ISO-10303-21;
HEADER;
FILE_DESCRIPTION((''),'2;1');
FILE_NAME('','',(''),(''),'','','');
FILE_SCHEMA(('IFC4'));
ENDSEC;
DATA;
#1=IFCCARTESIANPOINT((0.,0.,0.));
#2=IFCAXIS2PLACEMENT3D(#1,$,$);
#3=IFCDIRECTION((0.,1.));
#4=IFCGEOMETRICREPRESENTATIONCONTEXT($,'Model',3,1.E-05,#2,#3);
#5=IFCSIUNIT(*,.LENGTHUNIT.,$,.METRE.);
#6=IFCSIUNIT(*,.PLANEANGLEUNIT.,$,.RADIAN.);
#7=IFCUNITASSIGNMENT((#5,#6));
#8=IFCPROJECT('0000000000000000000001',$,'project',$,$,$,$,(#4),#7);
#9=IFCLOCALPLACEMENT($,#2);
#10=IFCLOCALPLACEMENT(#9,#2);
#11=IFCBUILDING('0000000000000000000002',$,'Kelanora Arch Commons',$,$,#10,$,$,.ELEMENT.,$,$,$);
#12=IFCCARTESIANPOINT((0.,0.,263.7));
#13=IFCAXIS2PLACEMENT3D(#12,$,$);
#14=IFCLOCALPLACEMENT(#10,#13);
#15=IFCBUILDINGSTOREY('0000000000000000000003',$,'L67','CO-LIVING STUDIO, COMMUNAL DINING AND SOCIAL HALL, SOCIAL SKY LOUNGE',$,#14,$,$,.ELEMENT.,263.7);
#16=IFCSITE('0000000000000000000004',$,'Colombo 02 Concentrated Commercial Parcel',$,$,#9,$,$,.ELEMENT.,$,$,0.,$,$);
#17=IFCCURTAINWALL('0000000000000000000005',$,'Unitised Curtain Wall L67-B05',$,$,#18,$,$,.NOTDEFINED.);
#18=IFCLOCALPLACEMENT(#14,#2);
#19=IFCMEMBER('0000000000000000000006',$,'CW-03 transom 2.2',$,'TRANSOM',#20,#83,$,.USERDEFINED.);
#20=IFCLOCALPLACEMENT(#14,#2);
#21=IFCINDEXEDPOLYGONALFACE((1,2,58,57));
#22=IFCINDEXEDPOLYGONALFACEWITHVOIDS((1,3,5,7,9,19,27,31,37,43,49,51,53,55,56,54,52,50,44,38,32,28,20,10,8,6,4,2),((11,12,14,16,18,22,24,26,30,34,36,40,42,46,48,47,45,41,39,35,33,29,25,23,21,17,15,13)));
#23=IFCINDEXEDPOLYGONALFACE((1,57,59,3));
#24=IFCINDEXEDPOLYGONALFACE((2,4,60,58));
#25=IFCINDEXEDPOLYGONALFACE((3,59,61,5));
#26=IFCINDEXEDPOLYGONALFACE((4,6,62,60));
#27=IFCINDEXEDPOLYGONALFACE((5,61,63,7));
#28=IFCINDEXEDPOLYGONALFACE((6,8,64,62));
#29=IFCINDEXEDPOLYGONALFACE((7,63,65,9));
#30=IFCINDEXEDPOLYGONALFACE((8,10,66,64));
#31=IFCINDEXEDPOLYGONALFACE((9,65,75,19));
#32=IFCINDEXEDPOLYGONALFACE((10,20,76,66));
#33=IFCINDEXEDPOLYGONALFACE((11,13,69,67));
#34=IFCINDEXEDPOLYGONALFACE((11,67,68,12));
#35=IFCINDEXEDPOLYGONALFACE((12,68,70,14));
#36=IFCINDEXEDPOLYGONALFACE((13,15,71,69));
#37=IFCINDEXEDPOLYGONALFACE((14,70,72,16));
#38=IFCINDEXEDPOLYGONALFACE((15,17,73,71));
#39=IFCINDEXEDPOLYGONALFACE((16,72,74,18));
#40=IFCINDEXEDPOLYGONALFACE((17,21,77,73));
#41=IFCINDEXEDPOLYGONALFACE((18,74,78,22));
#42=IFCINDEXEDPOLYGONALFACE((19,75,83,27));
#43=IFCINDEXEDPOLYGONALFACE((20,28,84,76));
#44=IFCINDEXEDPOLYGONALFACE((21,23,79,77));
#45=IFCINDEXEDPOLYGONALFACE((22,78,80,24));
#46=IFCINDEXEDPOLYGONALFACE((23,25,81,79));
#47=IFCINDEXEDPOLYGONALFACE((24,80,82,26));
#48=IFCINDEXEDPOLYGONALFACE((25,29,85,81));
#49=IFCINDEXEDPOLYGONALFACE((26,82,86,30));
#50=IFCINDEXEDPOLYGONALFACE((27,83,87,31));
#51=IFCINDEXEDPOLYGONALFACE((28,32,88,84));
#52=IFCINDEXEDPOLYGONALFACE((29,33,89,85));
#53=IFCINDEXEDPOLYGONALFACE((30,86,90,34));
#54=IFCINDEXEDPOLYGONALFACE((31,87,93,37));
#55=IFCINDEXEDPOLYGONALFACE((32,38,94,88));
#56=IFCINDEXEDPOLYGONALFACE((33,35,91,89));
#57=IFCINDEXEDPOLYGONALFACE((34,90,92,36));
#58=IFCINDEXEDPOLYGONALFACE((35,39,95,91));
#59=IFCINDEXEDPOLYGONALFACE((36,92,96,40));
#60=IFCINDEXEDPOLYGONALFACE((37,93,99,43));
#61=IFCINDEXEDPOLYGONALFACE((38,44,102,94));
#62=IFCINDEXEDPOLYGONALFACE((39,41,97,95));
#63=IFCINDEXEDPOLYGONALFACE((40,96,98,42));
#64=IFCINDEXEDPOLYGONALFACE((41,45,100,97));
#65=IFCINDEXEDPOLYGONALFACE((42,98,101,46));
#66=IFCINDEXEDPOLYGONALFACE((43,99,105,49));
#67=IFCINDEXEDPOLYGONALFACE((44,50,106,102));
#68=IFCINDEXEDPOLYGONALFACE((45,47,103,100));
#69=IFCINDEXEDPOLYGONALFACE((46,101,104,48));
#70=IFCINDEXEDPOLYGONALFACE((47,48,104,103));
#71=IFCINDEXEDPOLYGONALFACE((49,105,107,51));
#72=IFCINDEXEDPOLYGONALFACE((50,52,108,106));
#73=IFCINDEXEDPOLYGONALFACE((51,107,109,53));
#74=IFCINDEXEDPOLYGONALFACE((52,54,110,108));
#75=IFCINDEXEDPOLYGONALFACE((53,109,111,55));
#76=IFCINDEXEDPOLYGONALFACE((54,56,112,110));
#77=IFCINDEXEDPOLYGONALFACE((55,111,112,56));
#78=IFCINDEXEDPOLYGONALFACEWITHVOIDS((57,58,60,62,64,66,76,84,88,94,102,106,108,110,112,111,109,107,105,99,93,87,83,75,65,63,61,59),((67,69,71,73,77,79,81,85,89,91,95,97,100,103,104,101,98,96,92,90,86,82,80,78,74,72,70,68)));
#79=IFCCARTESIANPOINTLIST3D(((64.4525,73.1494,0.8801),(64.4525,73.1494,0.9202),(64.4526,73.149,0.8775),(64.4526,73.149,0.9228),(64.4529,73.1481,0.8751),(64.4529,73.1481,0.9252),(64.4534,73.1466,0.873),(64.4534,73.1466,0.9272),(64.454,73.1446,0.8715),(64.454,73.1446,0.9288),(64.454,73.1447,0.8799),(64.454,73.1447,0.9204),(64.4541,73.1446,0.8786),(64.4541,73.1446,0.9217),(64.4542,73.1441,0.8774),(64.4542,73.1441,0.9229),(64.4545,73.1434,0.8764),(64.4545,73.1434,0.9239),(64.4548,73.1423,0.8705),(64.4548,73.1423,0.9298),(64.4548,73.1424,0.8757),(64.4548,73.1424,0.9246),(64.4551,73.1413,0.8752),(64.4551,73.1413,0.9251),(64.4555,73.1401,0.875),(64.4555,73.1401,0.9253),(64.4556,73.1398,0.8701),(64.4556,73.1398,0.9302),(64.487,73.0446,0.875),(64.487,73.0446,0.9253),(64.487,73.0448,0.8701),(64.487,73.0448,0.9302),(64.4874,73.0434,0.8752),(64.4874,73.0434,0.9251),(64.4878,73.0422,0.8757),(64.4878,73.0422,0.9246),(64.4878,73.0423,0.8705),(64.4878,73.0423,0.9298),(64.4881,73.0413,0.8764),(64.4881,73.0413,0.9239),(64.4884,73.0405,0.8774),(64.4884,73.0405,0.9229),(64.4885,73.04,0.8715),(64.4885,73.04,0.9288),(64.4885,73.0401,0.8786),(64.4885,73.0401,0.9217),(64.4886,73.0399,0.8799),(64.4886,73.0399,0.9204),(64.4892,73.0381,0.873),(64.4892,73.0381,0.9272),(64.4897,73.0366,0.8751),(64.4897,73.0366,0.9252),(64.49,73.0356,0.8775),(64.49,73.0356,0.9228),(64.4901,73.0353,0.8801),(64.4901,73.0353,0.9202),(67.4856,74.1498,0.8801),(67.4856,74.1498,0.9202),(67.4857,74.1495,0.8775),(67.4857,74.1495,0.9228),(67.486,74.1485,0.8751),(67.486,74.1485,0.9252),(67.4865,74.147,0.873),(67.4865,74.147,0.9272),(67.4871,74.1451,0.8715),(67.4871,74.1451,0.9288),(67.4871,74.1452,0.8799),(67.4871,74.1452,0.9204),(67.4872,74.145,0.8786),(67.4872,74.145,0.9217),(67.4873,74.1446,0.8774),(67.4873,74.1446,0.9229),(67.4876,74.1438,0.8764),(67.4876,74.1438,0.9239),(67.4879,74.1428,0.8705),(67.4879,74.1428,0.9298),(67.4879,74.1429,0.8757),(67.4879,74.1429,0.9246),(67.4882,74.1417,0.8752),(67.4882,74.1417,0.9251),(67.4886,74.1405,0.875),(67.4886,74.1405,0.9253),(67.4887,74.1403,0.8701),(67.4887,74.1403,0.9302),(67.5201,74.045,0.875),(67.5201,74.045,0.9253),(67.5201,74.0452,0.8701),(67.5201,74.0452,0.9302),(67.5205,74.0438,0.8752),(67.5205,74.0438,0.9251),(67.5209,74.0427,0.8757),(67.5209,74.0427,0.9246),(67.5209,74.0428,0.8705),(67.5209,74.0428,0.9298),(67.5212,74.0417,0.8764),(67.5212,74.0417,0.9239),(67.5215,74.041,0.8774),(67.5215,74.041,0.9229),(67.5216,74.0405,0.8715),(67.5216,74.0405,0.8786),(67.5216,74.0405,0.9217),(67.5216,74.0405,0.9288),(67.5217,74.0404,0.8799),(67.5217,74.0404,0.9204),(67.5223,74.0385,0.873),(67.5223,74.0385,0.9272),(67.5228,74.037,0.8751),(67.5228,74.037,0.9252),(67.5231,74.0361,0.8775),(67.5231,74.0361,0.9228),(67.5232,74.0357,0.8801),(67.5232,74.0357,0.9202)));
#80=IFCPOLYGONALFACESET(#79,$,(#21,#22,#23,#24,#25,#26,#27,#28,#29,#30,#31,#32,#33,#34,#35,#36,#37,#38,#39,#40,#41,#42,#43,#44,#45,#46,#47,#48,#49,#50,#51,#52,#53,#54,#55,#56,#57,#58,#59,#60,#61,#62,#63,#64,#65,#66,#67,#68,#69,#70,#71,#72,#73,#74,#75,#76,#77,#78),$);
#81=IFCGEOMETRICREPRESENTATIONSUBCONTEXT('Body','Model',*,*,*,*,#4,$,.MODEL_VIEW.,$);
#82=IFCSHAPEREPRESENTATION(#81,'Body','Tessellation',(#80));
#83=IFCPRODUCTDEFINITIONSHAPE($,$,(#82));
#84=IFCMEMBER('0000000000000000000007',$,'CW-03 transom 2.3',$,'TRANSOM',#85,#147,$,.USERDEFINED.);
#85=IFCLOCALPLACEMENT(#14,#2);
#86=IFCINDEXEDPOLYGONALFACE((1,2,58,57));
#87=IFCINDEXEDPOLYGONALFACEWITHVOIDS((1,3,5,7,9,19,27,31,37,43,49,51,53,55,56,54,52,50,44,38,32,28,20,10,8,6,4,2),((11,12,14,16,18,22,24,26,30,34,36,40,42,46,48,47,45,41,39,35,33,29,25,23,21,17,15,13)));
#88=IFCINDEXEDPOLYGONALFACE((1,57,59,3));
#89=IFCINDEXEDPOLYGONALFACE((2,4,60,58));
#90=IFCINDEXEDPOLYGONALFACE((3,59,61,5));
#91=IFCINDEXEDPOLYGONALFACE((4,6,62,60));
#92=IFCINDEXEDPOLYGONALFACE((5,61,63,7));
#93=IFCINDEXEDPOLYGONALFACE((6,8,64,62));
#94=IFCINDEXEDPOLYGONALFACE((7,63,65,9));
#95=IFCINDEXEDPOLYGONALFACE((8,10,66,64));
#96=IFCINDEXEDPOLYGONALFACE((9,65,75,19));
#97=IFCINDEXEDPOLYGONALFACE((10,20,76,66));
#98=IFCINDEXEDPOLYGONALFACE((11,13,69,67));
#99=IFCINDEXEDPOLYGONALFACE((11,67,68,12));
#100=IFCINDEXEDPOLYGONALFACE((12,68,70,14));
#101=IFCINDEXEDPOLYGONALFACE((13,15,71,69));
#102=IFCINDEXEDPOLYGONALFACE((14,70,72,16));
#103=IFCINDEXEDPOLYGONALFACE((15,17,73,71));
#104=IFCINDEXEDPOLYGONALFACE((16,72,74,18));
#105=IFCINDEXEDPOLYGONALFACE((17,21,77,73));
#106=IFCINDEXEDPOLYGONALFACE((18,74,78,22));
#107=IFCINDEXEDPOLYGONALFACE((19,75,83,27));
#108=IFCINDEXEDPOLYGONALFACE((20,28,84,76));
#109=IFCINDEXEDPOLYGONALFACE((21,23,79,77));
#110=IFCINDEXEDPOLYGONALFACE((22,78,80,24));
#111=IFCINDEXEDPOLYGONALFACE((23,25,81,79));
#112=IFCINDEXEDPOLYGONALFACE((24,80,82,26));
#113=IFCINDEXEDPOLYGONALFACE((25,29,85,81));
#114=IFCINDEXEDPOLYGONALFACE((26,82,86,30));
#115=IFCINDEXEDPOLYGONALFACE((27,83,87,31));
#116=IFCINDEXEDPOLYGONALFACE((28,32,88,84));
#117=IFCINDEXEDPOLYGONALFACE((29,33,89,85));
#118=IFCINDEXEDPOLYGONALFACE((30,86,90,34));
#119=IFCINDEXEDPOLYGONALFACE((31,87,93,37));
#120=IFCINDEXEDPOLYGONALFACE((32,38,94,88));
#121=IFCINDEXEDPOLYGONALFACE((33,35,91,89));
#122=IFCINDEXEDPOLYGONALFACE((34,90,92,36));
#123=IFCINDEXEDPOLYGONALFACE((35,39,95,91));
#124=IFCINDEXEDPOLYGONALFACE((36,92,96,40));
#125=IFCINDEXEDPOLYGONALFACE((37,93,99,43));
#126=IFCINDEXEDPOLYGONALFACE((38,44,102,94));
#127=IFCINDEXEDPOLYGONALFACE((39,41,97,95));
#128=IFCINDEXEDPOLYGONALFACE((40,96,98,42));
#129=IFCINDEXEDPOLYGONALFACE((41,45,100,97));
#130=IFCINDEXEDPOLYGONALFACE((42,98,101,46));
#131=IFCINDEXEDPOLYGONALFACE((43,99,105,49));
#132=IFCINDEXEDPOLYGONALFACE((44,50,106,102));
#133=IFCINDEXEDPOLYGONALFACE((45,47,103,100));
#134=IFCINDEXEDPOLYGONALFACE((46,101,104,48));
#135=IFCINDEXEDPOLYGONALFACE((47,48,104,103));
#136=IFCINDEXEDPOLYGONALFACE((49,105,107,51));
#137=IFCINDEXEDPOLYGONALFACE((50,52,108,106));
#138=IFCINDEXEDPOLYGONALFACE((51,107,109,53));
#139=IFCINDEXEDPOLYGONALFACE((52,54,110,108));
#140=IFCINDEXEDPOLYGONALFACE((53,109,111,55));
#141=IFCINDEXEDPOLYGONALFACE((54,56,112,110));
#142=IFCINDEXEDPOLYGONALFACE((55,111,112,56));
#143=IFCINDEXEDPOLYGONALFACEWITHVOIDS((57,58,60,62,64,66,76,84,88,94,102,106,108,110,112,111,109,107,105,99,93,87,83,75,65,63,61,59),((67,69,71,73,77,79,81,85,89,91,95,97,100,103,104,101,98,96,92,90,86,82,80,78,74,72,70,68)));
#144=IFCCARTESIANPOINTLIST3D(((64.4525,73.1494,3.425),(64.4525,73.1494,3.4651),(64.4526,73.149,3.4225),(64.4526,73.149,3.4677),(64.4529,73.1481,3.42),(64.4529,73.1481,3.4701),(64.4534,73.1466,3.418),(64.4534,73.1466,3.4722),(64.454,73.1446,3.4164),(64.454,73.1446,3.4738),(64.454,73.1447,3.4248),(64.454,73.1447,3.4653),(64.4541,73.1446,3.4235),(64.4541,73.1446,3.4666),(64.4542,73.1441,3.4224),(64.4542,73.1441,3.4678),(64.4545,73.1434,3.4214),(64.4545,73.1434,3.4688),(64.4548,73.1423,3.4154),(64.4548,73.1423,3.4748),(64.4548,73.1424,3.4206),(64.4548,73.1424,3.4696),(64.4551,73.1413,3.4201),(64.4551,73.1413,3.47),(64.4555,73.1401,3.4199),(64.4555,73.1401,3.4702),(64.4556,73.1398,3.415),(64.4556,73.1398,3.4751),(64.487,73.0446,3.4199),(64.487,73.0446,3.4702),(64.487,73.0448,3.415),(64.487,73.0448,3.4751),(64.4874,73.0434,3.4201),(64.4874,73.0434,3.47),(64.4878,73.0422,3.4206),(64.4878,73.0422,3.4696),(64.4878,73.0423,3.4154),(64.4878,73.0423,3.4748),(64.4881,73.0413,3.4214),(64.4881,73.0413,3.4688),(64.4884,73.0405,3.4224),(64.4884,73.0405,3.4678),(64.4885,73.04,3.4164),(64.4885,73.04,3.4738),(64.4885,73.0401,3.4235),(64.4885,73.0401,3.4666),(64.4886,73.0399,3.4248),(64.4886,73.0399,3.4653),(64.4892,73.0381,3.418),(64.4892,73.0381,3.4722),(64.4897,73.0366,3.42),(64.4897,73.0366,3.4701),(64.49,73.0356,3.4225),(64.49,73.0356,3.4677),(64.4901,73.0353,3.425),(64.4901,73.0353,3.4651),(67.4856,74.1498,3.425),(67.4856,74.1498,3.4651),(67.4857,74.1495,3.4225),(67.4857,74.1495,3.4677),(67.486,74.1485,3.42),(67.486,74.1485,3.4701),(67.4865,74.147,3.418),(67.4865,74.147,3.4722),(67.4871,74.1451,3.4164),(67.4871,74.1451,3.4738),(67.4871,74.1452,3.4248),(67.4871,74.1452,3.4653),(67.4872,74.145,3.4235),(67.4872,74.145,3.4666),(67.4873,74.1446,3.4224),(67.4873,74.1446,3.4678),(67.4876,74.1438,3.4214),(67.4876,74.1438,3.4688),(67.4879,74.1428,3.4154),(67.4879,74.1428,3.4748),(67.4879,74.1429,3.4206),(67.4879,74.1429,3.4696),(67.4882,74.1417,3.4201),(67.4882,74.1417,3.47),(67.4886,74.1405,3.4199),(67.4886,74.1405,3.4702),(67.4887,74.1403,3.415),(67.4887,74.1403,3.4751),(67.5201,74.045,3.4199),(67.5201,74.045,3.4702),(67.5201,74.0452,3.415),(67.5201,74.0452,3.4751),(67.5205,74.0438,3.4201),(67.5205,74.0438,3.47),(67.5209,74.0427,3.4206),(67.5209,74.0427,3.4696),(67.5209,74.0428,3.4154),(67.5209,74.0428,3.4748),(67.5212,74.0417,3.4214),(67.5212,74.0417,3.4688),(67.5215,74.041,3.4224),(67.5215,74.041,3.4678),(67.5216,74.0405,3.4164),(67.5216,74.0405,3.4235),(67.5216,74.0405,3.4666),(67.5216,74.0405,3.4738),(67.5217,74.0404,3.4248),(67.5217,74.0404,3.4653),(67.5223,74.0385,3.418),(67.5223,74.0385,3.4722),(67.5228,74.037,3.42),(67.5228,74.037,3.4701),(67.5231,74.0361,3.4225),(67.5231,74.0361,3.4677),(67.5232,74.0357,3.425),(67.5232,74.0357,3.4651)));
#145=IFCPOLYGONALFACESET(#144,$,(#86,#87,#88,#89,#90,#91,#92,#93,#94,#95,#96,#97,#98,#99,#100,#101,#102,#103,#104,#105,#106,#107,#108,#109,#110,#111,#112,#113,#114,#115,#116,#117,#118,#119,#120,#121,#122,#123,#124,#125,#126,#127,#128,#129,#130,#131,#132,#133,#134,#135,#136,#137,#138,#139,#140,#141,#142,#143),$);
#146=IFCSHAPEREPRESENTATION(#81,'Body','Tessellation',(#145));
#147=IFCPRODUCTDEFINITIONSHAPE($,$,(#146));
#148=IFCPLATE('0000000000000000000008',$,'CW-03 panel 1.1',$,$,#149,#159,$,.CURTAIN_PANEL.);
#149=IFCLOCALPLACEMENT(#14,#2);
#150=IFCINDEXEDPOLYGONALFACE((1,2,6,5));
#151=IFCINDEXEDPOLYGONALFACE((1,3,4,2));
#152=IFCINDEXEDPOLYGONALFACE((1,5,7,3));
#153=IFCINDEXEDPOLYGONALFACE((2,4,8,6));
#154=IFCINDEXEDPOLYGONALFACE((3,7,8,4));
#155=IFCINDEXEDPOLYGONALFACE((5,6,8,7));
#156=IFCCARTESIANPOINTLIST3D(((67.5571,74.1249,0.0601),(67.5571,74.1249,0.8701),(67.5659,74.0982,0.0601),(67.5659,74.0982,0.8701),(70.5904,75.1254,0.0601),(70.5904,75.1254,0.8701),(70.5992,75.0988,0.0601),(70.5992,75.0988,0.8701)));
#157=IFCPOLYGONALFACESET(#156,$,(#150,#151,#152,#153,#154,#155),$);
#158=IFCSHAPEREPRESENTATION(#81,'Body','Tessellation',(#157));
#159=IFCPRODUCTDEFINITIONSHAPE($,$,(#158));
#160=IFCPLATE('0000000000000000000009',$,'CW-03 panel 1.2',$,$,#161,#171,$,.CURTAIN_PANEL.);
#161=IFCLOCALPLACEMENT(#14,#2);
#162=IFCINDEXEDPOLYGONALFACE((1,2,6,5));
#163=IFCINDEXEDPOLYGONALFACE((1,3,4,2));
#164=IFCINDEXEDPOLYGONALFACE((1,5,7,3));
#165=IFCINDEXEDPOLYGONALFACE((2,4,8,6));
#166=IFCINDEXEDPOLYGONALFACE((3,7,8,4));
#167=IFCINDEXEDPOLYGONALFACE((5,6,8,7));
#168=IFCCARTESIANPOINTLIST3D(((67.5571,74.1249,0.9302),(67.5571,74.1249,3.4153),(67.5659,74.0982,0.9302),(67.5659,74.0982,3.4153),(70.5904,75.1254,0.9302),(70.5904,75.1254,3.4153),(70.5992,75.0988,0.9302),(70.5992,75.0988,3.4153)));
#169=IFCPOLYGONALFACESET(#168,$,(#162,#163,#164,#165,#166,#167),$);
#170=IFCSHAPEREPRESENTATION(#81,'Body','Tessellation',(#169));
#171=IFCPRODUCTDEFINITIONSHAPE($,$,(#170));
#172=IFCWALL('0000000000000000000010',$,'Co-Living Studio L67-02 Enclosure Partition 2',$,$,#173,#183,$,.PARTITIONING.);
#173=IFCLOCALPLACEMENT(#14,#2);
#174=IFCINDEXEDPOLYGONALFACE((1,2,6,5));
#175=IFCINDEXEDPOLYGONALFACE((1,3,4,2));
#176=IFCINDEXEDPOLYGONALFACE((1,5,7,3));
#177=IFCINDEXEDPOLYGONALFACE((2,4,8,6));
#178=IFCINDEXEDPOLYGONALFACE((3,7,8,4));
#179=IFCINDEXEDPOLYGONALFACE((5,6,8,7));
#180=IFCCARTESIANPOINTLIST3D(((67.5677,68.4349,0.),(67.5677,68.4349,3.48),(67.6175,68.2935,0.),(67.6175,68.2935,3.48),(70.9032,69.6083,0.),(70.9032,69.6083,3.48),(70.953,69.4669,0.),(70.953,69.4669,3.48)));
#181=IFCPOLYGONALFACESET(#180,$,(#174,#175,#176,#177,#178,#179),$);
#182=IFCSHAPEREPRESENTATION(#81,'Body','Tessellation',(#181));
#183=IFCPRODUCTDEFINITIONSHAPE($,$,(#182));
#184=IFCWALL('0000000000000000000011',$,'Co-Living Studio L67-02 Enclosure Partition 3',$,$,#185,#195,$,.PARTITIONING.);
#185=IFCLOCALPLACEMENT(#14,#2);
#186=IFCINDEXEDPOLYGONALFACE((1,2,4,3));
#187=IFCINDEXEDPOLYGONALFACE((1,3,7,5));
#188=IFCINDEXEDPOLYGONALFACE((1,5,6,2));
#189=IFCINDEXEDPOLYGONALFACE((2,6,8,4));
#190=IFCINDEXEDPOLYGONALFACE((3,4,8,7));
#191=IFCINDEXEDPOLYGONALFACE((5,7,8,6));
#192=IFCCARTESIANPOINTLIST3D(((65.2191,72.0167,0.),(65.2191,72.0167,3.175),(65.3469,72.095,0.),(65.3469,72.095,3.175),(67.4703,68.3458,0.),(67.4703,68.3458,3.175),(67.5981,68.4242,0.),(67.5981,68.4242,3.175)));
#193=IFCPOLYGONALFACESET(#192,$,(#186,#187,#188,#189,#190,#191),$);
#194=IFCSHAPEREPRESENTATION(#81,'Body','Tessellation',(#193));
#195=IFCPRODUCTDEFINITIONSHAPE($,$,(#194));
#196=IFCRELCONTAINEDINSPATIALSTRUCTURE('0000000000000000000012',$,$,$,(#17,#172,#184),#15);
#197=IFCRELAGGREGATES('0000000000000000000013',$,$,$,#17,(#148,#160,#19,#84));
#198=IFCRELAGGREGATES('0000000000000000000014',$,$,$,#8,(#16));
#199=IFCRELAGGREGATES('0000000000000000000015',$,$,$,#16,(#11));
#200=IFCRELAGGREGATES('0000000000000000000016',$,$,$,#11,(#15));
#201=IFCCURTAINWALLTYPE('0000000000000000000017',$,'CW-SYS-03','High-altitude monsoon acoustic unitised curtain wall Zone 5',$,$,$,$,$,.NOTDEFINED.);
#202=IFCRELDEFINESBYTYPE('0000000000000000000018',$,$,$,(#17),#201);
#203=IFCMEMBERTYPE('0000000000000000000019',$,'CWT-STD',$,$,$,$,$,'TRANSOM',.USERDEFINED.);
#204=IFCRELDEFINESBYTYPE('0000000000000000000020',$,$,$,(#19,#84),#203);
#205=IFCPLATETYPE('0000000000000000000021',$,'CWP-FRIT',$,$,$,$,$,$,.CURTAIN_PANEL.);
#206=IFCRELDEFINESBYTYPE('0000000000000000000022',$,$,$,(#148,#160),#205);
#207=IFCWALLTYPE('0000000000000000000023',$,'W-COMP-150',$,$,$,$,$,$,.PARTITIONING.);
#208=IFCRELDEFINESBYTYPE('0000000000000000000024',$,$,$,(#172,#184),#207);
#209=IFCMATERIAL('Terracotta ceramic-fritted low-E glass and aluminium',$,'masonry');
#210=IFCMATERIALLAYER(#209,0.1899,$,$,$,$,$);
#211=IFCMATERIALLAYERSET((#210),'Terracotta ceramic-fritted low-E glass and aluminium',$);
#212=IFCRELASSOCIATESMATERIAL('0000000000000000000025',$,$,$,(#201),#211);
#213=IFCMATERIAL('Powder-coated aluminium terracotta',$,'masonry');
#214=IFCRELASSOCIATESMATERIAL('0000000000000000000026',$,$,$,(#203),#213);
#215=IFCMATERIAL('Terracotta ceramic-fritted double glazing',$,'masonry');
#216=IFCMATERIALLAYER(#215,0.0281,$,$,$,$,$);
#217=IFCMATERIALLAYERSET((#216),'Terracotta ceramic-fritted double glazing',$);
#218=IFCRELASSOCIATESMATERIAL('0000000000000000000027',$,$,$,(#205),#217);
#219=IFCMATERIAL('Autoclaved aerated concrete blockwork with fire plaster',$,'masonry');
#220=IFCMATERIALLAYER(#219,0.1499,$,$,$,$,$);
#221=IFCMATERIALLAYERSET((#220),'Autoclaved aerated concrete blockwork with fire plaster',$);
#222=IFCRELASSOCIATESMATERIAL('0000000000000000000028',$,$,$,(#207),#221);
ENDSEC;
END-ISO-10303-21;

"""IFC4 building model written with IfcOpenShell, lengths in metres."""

from ifc_helpers import new_model, si_unit, direction, frame, frame_2d, origin, origin_2d, place, context, subcontext, project, spatial, rectangle, hollow_rectangle, extrude, source, transform, mapped, material, layer, layer_set, material_profile, profile_set, type_object, element, aggregate, save


model = new_model("IFC4")

# Units and contexts
model_context = context("Model", 3, precision=1e-05, world=origin(), true_north=direction((0.0, 1.0)))
body_context = subcontext(model_context, "Body", "Model", "MODEL_VIEW")
ifc_project = project(units=[si_unit("LENGTHUNIT", "METRE"), si_unit("PLANEANGLEUNIT", "RADIAN")], contexts=[model_context])

# Site, building, storey
site_placement = place(None, origin())
site = spatial("IfcSite", under=ifc_project, at=site_placement, Name="Colombo 02 Concentrated Commercial Parcel", CompositionType="ELEMENT", RefElevation=0.0)
building_placement = place(site_placement, origin())
building = spatial("IfcBuilding", under=site, at=building_placement, Name="Kelanora Arch Commons", CompositionType="ELEMENT")
storey_placement = place(building_placement, frame((0.0, 0.0, 263.7)))
storey = spatial("IfcBuildingStorey", under=building, at=storey_placement, Name="L67", Description="CO-LIVING STUDIO, COMMUNAL DINING AND SOCIAL HALL, SOCIAL SKY LOUNGE", CompositionType="ELEMENT", Elevation=263.7)

# Curtain wall, members, plates
ifc_material_1 = material(Name="Terracotta ceramic-fritted low-E glass and aluminium", Category="masonry")
ifc_layer_1 = layer(ifc_material_1, 0.1899)
ifc_layer_set_1 = layer_set([ifc_layer_1], Name="Terracotta ceramic-fritted low-E glass and aluminium")
curtain_wall_type = type_object("IfcCurtainWallType", Name="CW-SYS-03", Description="High-altitude monsoon acoustic unitised curtain wall Zone 5", PredefinedType="NOTDEFINED", material=ifc_layer_set_1)
curtain_wall_placement = place(storey_placement, origin())
curtain_wall = element("IfcCurtainWall", 1, at=curtain_wall_placement, inside=storey, type_object=curtain_wall_type, Name="Unitised Curtain Wall L67-B05", PredefinedType="NOTDEFINED")
ifc_material_2 = material(Name="Powder-coated aluminium terracotta", Category="masonry")
ifc_material_profile_1 = material_profile(ifc_material_2, hollow_rectangle(XDim=0.1201, YDim=0.0601, WallThickness=0.0049, InnerFilletRadius=0.0049, OuterFilletRadius=0.01, at=origin_2d()), Name="CWT120x60")
ifc_profile_set_1 = profile_set([ifc_material_profile_1], Name="Powder-coated aluminium terracotta")
member_type_1 = type_object("IfcMemberType", Name="CWT-STD", ElementType="TRANSOM", PredefinedType="USERDEFINED", material=ifc_profile_set_1)
member_1_placement = place(storey_placement, frame((67.5044, 74.0928, 0.9001), z_axis=(-0.949672, -0.313245, 0.0), x_axis=(0.313245, -0.949672, 0.0)))
member_1 = element("IfcMember", 2, at=member_1_placement, type_object=member_type_1, Name="CW-03 transom 2.2", ObjectType="TRANSOM", PredefinedType="USERDEFINED", context=body_context, shape_type="SweptSolid", body=[
    extrude(hollow_rectangle(XDim=0.1201, YDim=0.0601, WallThickness=0.0049, InnerFilletRadius=0.0049, OuterFilletRadius=0.01, at=origin_2d()), origin(), (0.0, 0.0, 1.0), 3.1938),
])
member_2_placement = place(storey_placement, frame((67.5044, 74.0928, 3.4451), z_axis=(-0.949672, -0.313245, 0.0), x_axis=(0.313245, -0.949672, 0.0)))
member_2 = element("IfcMember", 3, at=member_2_placement, type_object=member_type_1, Name="CW-03 transom 2.3", ObjectType="TRANSOM", PredefinedType="USERDEFINED", context=body_context, shape_type="SweptSolid", body=[
    extrude(hollow_rectangle(XDim=0.1201, YDim=0.0601, WallThickness=0.0049, InnerFilletRadius=0.0049, OuterFilletRadius=0.01, at=origin_2d()), origin(), (0.0, 0.0, 1.0), 3.1938),
])
ifc_material_3 = material(Name="Terracotta ceramic-fritted double glazing", Category="masonry")
ifc_layer_2 = layer(ifc_material_3, 0.0281)
ifc_layer_set_2 = layer_set([ifc_layer_2], Name="Terracotta ceramic-fritted double glazing")
plate_type = type_object("IfcPlateType", Name="CWP-FRIT", PredefinedType="CURTAIN_PANEL", material=ifc_layer_set_2)
shared_shape_1 = source(origin(), body_context, "Body", "SweptSolid", [
    extrude(rectangle(XDim=3.1941, YDim=0.0281, at=origin_2d()), origin(), (0.0, 0.0, 1.0), 0.8101),
])
plate_1_placement = place(storey_placement, frame((69.0781, 74.6118, 0.0601), z_axis=(0.0, 0.0, 1.0), x_axis=(-0.94967, -0.313253, 0.0)))
plate_1 = element("IfcPlate", 4, at=plate_1_placement, type_object=plate_type, Name="CW-03 panel 1.1", PredefinedType="CURTAIN_PANEL", context=body_context, shape_type="MappedRepresentation", body=[
    mapped(shared_shape_1, transform((0.0, 0.0, 0.0), scale=1.0)),
])
shared_shape_2 = source(origin(), body_context, "Body", "SweptSolid", [
    extrude(rectangle(XDim=3.1941, YDim=0.0281, at=origin_2d()), origin(), (0.0, 0.0, 1.0), 2.4851),
])
plate_2_placement = place(storey_placement, frame((69.0781, 74.6118, 0.9302), z_axis=(0.0, 0.0, 1.0), x_axis=(-0.94967, -0.313253, 0.0)))
plate_2 = element("IfcPlate", 5, at=plate_2_placement, type_object=plate_type, Name="CW-03 panel 1.2", PredefinedType="CURTAIN_PANEL", context=body_context, shape_type="MappedRepresentation", body=[
    mapped(shared_shape_2, transform((0.0, 0.0, 0.0), scale=1.0)),
])
aggregate(curtain_wall, [plate_1, plate_2, member_1, member_2])

# Walls
ifc_material_4 = material(Name="Autoclaved aerated concrete blockwork with fire plaster", Category="masonry")
ifc_layer_3 = layer(ifc_material_4, 0.1499)
ifc_layer_set_3 = layer_set([ifc_layer_3], Name="Autoclaved aerated concrete blockwork with fire plaster")
wall_type_1 = type_object("IfcWallType", Name="W-COMP-150", PredefinedType="PARTITIONING", material=ifc_layer_set_3)
wall_1_placement = place(storey_placement, frame((70.9282, 69.5376, 0.0), z_axis=(0.0, 0.0, 1.0), x_axis=(-0.943334, -0.331845, 0.0)))
element("IfcWall", 6, at=wall_1_placement, inside=storey, type_object=wall_type_1, Name="Co-Living Studio L67-02 Enclosure Partition 2", PredefinedType="PARTITIONING", context=body_context, shape_type="SweptSolid", body=[
    extrude(rectangle(XDim=3.5359, YDim=0.1499, at=frame_2d((1.7681, 0.0))), origin(), (0.0, 0.0, 1.0), 3.48),
])
wall_2_placement = place(storey_placement, frame((67.5342, 68.385, 0.0), z_axis=(0.0, 0.0, 1.0), x_axis=(-0.522784, 0.852465, 0.0)))
element("IfcWall", 7, at=wall_2_placement, inside=storey, type_object=wall_type_1, Name="Co-Living Studio L67-02 Enclosure Partition 3", PredefinedType="PARTITIONING", context=body_context, shape_type="SweptSolid", body=[
    extrude(rectangle(XDim=4.3062, YDim=0.1499, at=frame_2d((2.1531, 0.0))), origin(), (0.0, 0.0, 1.0), 3.175),
])

save(model, "model.ifc")
